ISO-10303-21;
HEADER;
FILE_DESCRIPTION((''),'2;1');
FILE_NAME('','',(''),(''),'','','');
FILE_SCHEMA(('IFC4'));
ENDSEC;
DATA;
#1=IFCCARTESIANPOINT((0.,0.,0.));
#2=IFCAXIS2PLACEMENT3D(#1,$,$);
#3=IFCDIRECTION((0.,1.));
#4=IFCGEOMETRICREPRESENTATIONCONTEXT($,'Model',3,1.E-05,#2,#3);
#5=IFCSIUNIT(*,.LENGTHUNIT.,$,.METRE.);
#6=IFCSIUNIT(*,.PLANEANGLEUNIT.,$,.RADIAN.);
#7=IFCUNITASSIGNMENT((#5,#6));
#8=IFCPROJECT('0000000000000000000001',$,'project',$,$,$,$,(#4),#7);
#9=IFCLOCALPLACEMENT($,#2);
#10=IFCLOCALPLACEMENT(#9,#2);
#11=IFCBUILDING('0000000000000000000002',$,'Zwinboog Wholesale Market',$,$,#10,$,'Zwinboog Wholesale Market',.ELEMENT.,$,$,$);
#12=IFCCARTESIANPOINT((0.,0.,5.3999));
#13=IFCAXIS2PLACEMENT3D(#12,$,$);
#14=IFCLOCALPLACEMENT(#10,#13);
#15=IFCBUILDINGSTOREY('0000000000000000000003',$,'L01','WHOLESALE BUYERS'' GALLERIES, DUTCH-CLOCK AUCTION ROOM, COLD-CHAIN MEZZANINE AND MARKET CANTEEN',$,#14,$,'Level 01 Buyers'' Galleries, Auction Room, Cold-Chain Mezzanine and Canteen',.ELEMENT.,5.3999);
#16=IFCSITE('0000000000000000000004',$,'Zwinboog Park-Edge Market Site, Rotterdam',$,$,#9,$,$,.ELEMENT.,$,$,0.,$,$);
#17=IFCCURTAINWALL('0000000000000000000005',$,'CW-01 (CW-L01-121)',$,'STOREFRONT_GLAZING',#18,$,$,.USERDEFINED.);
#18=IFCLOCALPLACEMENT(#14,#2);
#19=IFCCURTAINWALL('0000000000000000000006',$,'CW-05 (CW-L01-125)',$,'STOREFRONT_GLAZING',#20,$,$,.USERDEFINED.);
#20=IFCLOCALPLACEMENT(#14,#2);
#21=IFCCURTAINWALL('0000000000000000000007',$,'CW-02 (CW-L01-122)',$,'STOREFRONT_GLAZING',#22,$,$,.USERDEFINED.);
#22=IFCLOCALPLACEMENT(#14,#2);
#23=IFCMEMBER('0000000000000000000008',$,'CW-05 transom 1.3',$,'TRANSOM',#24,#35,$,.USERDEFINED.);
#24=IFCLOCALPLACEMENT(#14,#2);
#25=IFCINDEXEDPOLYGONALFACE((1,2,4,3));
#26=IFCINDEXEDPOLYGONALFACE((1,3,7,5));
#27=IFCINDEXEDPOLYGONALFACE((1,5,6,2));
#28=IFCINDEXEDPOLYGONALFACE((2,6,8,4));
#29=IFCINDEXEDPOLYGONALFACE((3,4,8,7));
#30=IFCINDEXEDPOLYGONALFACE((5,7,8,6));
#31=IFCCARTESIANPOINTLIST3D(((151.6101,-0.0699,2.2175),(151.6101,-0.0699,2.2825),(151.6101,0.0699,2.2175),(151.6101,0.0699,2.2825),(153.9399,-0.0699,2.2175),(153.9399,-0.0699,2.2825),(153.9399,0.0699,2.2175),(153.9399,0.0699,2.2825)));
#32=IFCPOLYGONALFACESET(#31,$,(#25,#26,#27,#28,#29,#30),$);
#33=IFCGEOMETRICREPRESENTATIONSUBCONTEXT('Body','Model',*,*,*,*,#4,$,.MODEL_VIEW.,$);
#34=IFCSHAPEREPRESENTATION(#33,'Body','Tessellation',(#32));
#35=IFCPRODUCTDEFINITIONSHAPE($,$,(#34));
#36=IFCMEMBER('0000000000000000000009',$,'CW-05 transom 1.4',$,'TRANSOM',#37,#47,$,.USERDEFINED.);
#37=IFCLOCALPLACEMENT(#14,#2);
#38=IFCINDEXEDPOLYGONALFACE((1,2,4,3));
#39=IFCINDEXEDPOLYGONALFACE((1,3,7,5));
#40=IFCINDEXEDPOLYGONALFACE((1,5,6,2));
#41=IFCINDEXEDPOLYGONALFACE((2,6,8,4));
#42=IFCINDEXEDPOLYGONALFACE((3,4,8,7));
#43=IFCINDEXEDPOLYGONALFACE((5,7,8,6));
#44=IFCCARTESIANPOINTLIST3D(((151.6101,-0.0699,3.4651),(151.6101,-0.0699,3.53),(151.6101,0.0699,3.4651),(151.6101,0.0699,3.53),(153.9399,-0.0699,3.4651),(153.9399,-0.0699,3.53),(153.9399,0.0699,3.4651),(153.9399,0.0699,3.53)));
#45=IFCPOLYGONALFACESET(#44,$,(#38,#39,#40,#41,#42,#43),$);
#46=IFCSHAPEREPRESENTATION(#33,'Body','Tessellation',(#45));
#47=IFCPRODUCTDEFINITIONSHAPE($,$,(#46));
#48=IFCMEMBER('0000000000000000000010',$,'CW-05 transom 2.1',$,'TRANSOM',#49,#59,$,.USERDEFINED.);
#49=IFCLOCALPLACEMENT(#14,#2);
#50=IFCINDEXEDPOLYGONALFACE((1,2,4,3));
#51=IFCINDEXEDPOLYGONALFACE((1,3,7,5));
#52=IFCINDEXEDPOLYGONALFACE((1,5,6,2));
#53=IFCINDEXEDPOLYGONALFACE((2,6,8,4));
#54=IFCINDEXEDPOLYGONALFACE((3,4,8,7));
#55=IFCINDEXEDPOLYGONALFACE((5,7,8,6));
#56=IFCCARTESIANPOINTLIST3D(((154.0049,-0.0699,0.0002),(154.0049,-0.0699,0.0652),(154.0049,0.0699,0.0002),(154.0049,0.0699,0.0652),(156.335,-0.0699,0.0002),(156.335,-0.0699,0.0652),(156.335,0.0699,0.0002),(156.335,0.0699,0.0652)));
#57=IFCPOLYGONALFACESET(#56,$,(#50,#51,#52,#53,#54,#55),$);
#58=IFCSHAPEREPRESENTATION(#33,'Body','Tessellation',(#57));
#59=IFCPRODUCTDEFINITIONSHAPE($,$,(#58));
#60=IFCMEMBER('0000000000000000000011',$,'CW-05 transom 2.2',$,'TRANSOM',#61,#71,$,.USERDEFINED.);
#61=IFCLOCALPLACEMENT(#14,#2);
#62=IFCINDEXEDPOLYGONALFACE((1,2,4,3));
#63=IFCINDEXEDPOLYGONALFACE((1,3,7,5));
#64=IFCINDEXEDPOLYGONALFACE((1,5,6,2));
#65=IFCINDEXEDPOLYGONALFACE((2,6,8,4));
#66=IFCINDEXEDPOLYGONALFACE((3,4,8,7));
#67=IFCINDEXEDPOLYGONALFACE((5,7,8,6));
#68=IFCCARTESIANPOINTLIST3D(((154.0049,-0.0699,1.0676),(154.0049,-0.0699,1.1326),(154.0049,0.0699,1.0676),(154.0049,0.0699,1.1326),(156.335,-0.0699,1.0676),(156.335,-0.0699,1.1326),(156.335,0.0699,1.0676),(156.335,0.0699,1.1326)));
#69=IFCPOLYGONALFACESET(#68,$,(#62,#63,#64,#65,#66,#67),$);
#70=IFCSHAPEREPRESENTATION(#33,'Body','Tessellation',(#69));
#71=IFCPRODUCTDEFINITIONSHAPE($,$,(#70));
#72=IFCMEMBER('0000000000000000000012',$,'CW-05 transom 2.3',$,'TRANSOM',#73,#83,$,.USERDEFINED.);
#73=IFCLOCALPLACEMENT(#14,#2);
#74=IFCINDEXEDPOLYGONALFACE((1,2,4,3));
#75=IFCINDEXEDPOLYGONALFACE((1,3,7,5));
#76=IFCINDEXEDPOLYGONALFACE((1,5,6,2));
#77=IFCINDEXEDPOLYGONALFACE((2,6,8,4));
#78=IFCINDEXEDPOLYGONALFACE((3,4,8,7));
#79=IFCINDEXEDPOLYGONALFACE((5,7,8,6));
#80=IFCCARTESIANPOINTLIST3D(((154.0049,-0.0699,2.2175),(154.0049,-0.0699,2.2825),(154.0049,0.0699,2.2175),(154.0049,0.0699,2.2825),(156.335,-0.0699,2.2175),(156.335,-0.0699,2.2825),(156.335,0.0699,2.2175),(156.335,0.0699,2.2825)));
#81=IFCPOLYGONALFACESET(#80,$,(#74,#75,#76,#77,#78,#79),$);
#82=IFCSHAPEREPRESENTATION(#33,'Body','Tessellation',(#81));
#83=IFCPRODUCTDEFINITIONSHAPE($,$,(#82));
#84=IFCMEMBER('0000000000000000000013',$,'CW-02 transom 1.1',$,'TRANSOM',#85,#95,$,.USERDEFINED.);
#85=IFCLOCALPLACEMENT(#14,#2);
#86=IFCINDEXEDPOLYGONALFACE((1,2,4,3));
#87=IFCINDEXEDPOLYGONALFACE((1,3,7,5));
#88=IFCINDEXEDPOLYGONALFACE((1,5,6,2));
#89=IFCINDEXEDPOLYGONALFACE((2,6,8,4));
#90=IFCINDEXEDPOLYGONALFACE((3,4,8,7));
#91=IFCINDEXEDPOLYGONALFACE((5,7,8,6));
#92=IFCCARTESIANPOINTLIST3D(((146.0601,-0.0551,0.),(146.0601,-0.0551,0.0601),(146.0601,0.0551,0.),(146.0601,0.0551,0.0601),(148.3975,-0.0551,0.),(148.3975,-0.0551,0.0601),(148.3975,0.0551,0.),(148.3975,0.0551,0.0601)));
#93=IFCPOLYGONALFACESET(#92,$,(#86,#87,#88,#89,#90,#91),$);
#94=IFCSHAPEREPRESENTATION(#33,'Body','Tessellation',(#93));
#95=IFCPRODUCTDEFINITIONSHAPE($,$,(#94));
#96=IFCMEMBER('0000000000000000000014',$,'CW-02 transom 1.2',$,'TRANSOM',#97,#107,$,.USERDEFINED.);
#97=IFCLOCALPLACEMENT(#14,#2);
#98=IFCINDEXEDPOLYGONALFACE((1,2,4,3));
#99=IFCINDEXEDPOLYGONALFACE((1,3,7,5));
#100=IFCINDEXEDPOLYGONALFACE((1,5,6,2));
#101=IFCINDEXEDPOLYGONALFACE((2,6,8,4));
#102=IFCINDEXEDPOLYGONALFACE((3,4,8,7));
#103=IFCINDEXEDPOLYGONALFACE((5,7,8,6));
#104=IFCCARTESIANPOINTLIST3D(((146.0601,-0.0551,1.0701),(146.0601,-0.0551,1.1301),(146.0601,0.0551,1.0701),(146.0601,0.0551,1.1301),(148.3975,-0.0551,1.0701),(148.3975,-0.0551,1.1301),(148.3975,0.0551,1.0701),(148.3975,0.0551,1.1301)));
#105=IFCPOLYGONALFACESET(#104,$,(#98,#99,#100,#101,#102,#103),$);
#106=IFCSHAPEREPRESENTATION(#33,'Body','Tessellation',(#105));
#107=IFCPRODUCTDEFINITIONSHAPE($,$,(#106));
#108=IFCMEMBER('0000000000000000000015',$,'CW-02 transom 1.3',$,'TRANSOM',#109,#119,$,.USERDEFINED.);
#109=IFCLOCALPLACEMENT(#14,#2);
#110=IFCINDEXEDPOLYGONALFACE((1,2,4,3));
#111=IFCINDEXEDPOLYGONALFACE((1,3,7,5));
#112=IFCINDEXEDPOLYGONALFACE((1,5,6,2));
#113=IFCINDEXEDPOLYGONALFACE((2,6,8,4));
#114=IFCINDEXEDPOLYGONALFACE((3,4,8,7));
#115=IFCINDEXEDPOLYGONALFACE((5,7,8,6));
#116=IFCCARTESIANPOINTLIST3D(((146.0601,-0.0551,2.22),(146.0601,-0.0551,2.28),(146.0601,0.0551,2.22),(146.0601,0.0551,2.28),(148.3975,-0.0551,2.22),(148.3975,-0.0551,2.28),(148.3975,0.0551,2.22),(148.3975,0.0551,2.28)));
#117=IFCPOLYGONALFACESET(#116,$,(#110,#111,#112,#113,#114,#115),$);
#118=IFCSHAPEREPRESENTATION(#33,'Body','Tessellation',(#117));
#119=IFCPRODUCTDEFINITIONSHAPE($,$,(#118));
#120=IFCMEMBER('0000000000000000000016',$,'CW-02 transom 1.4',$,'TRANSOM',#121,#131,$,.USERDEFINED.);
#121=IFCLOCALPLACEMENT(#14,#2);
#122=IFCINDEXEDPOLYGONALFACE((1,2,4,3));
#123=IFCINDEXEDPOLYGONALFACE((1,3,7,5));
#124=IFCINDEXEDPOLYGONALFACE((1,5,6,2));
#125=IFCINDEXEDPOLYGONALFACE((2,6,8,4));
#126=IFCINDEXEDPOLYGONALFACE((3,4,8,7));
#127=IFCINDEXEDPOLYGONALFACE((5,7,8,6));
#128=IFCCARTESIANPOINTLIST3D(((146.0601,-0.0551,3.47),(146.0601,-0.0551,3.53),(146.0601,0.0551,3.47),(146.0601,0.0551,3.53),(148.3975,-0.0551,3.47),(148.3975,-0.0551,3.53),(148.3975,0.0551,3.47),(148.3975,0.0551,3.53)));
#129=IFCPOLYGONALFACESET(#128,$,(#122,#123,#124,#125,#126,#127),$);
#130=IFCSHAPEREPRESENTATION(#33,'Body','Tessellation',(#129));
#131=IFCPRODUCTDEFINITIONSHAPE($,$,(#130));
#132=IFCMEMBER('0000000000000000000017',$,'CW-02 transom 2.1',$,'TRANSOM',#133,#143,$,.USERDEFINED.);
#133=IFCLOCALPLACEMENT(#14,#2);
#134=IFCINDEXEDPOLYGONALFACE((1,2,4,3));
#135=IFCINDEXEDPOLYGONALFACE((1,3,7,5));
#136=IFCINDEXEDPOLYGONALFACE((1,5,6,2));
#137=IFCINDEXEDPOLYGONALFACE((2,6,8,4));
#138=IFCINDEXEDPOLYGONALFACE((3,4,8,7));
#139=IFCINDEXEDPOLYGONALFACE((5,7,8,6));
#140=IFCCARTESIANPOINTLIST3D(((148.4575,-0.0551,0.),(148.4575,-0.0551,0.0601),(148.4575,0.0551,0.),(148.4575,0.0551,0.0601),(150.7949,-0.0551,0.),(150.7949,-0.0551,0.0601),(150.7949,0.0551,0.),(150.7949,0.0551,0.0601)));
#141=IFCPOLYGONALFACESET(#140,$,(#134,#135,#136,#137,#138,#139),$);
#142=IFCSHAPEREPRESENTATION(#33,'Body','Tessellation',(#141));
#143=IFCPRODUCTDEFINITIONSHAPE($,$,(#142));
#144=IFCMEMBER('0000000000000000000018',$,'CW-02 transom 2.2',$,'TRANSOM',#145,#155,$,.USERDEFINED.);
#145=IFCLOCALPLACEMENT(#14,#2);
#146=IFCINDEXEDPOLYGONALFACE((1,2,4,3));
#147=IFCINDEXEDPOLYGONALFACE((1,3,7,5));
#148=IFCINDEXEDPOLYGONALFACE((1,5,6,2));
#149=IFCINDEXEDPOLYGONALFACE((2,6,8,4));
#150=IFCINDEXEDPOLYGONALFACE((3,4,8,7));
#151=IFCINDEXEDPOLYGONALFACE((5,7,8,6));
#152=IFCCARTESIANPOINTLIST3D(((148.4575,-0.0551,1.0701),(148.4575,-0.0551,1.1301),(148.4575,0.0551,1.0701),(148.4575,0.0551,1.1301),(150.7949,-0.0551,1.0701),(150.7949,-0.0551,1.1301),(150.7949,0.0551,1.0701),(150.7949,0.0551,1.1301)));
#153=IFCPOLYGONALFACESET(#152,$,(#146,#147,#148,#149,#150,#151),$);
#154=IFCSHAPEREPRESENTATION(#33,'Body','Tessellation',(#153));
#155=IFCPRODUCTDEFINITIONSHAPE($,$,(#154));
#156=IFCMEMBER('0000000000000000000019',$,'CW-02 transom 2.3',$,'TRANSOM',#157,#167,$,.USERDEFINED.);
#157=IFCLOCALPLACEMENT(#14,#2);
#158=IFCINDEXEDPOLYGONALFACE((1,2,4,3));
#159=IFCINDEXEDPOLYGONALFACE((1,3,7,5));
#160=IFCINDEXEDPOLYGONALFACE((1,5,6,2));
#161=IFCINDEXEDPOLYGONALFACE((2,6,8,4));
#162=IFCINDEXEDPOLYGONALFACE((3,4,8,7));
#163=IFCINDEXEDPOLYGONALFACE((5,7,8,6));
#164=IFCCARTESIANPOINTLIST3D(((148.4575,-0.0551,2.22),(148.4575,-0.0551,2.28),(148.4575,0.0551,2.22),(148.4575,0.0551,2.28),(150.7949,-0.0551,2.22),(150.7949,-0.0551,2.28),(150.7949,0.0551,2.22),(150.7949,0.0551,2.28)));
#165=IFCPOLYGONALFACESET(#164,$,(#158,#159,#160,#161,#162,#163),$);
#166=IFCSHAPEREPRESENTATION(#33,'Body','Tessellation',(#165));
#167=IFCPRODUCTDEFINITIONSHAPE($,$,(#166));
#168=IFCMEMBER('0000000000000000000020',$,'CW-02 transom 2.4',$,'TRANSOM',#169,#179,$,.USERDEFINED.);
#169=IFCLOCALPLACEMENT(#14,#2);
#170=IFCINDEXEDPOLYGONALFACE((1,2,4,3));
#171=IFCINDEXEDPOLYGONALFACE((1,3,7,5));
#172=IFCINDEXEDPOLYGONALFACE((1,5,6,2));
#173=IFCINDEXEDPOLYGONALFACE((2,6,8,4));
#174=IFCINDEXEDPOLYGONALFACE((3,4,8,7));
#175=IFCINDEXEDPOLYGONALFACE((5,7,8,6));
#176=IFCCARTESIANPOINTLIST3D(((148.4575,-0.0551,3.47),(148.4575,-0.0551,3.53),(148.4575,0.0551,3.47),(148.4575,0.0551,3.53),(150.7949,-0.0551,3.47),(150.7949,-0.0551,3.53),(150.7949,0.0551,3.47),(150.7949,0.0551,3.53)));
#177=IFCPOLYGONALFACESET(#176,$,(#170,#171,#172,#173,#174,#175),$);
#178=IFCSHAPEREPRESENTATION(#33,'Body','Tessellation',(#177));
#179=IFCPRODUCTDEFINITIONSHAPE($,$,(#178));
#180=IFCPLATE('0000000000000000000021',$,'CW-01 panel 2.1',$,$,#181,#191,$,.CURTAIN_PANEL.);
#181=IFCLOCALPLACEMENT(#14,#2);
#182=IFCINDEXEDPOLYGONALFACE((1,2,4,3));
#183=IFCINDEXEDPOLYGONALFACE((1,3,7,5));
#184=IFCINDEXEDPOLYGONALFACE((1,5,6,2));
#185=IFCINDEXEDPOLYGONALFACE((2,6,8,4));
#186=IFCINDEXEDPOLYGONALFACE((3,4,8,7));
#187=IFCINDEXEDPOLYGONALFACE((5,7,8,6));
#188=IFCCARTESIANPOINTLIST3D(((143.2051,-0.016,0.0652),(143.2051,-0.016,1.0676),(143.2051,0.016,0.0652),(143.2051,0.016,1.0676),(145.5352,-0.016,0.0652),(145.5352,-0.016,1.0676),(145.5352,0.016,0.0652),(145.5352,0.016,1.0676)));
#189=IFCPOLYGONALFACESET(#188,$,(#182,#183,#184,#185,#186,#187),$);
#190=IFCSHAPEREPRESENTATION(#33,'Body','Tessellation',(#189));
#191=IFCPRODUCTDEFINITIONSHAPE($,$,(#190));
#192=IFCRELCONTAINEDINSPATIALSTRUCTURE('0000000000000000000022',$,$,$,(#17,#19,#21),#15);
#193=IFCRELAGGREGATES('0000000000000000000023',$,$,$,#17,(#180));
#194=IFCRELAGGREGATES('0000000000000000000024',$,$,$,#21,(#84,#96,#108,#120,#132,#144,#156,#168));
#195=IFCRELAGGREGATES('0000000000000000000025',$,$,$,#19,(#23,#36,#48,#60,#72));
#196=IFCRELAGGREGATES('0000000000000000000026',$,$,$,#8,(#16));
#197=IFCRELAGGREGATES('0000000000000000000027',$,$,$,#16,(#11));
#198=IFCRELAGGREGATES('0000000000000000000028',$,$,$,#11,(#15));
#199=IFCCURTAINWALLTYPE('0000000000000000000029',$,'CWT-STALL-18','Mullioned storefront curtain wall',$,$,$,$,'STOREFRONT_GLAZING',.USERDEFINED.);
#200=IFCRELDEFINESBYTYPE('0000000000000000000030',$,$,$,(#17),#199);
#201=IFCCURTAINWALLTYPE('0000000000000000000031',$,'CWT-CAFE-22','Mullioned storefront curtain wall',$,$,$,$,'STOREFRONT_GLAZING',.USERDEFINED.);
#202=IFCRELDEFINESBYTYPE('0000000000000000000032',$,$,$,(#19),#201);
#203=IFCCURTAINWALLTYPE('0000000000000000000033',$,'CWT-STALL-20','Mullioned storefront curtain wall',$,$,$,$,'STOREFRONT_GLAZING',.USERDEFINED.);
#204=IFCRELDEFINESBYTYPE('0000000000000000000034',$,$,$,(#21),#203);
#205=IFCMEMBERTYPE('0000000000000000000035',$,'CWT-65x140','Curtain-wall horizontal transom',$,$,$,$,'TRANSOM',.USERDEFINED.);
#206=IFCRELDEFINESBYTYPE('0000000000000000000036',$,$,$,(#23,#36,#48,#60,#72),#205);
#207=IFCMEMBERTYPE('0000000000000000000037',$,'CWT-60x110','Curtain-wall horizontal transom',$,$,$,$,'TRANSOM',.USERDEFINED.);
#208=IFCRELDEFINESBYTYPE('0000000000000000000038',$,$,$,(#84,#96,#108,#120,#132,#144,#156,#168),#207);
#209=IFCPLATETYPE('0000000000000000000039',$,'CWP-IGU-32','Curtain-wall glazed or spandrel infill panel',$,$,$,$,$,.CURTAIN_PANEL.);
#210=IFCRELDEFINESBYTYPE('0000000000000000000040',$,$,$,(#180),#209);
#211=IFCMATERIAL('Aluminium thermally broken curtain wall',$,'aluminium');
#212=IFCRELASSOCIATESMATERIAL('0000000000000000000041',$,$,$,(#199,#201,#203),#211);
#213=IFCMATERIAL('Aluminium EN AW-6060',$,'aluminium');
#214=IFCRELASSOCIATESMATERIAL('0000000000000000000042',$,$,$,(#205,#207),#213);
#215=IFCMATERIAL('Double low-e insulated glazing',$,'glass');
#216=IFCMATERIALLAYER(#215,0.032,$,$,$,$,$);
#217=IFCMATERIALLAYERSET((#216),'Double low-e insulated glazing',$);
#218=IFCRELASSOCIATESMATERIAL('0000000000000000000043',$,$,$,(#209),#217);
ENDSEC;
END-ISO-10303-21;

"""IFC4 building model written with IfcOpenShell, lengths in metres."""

from ifc_helpers import new_model, si_unit, direction, frame, origin, origin_2d, place, context, subcontext, project, spatial, rectangle, extrude, material, layer, layer_set, material_profile, profile_set, type_object, element, aggregate, save


model = new_model("IFC4")

# Units and contexts
model_context = context("Model", 3, precision=1e-05, world=origin(), true_north=direction((0.0, 1.0)))
body_context = subcontext(model_context, "Body", "Model", "MODEL_VIEW")
ifc_project = project(units=[si_unit("LENGTHUNIT", "METRE"), si_unit("PLANEANGLEUNIT", "RADIAN")], contexts=[model_context])

# Site, building, storey
site_placement = place(None, origin())
site = spatial("IfcSite", under=ifc_project, at=site_placement, Name="Zwinboog Park-Edge Market Site, Rotterdam", CompositionType="ELEMENT", RefElevation=0.0)
building_placement = place(site_placement, origin())
building = spatial("IfcBuilding", under=site, at=building_placement, Name="Zwinboog Wholesale Market", LongName="Zwinboog Wholesale Market", CompositionType="ELEMENT")
storey_placement = place(building_placement, frame((0.0, 0.0, 5.3999)))
storey = spatial("IfcBuildingStorey", under=building, at=storey_placement, Name="L01", Description="WHOLESALE BUYERS' GALLERIES, DUTCH-CLOCK AUCTION ROOM, COLD-CHAIN MEZZANINE AND MARKET CANTEEN", LongName="Level 01 Buyers' Galleries, Auction Room, Cold-Chain Mezzanine and Canteen", CompositionType="ELEMENT", Elevation=5.3999)

# Curtain wall
ifc_material_1 = material(Name="Aluminium thermally broken curtain wall", Category="aluminium")
curtain_wall_type_1 = type_object("IfcCurtainWallType", Name="CWT-STALL-18", Description="Mullioned storefront curtain wall", ElementType="STOREFRONT_GLAZING", PredefinedType="USERDEFINED", material=ifc_material_1)
curtain_wall_1_placement = place(storey_placement, origin())
curtain_wall_1 = element("IfcCurtainWall", 1, at=curtain_wall_1_placement, inside=storey, type_object=curtain_wall_type_1, Name="CW-01 (CW-L01-121)", ObjectType="STOREFRONT_GLAZING", PredefinedType="USERDEFINED")
ifc_material_2 = material(Name="Aluminium EN AW-6060", Category="aluminium")

# Curtain walls
curtain_wall_type_2 = type_object("IfcCurtainWallType", Name="CWT-CAFE-22", Description="Mullioned storefront curtain wall", ElementType="STOREFRONT_GLAZING", PredefinedType="USERDEFINED", material=ifc_material_1)
curtain_wall_2_placement = place(storey_placement, origin())
curtain_wall_2 = element("IfcCurtainWall", 2, at=curtain_wall_2_placement, inside=storey, type_object=curtain_wall_type_2, Name="CW-05 (CW-L01-125)", ObjectType="STOREFRONT_GLAZING", PredefinedType="USERDEFINED")
curtain_wall_type_3 = type_object("IfcCurtainWallType", Name="CWT-STALL-20", Description="Mullioned storefront curtain wall", ElementType="STOREFRONT_GLAZING", PredefinedType="USERDEFINED", material=ifc_material_1)
curtain_wall_3_placement = place(storey_placement, origin())
curtain_wall_3 = element("IfcCurtainWall", 3, at=curtain_wall_3_placement, inside=storey, type_object=curtain_wall_type_3, Name="CW-02 (CW-L01-122)", ObjectType="STOREFRONT_GLAZING", PredefinedType="USERDEFINED")

# Members
ifc_material_profile_1 = material_profile(ifc_material_2, rectangle(XDim=0.1399, YDim=0.0649, at=origin_2d()), Name="AL 65x140")
ifc_profile_set_1 = profile_set([ifc_material_profile_1], Name="Aluminium EN AW-6060")
member_type_1 = type_object("IfcMemberType", Name="CWT-65x140", Description="Curtain-wall horizontal transom", ElementType="TRANSOM", PredefinedType="USERDEFINED", material=ifc_profile_set_1)
member_1_placement = place(storey_placement, frame((151.6101, 0.0, 2.25), z_axis=(1.0, 0.0, 0.0), x_axis=(0.0, 1.0, 0.0)))
member_1 = element("IfcMember", 4, at=member_1_placement, type_object=member_type_1, Name="CW-05 transom 1.3", ObjectType="TRANSOM", PredefinedType="USERDEFINED", context=body_context, shape_type="SweptSolid", body=[
    extrude(rectangle(XDim=0.1399, YDim=0.0649, at=origin_2d()), origin(), (0.0, 0.0, 1.0), 2.3298),
])
member_2_placement = place(storey_placement, frame((151.6101, 0.0, 3.4976), z_axis=(1.0, 0.0, 0.0), x_axis=(0.0, 1.0, 0.0)))
member_2 = element("IfcMember", 5, at=member_2_placement, type_object=member_type_1, Name="CW-05 transom 1.4", ObjectType="TRANSOM", PredefinedType="USERDEFINED", context=body_context, shape_type="SweptSolid", body=[
    extrude(rectangle(XDim=0.1399, YDim=0.0649, at=origin_2d()), origin(), (0.0, 0.0, 1.0), 2.3298),
])
member_3_placement = place(storey_placement, frame((154.0049, 0.0, 0.0327), z_axis=(1.0, 0.0, 0.0), x_axis=(0.0, 1.0, 0.0)))
member_3 = element("IfcMember", 6, at=member_3_placement, type_object=member_type_1, Name="CW-05 transom 2.1", ObjectType="TRANSOM", PredefinedType="USERDEFINED", context=body_context, shape_type="SweptSolid", body=[
    extrude(rectangle(XDim=0.1399, YDim=0.0649, at=origin_2d()), origin(), (0.0, 0.0, 1.0), 2.3301),
])
member_4_placement = place(storey_placement, frame((154.0049, 0.0, 1.1001), z_axis=(1.0, 0.0, 0.0), x_axis=(0.0, 1.0, 0.0)))
member_4 = element("IfcMember", 7, at=member_4_placement, type_object=member_type_1, Name="CW-05 transom 2.2", ObjectType="TRANSOM", PredefinedType="USERDEFINED", context=body_context, shape_type="SweptSolid", body=[
    extrude(rectangle(XDim=0.1399, YDim=0.0649, at=origin_2d()), origin(), (0.0, 0.0, 1.0), 2.3301),
])
member_5_placement = place(storey_placement, frame((154.0049, 0.0, 2.25), z_axis=(1.0, 0.0, 0.0), x_axis=(0.0, 1.0, 0.0)))
member_5 = element("IfcMember", 8, at=member_5_placement, type_object=member_type_1, Name="CW-05 transom 2.3", ObjectType="TRANSOM", PredefinedType="USERDEFINED", context=body_context, shape_type="SweptSolid", body=[
    extrude(rectangle(XDim=0.1399, YDim=0.0649, at=origin_2d()), origin(), (0.0, 0.0, 1.0), 2.3301),
])
ifc_material_profile_2 = material_profile(ifc_material_2, rectangle(XDim=0.1101, YDim=0.0601, at=origin_2d()), Name="AL 60x110")
ifc_profile_set_2 = profile_set([ifc_material_profile_2], Name="Aluminium EN AW-6060")
member_type_2 = type_object("IfcMemberType", Name="CWT-60x110", Description="Curtain-wall horizontal transom", ElementType="TRANSOM", PredefinedType="USERDEFINED", material=ifc_profile_set_2)
member_6_placement = place(storey_placement, frame((146.0601, 0.0, 0.03), z_axis=(1.0, 0.0, 0.0), x_axis=(0.0, 1.0, 0.0)))
member_6 = element("IfcMember", 9, at=member_6_placement, type_object=member_type_2, Name="CW-02 transom 1.1", ObjectType="TRANSOM", PredefinedType="USERDEFINED", context=body_context, shape_type="SweptSolid", body=[
    extrude(rectangle(XDim=0.1101, YDim=0.0601, at=origin_2d()), origin(), (0.0, 0.0, 1.0), 2.3374),
])
member_7_placement = place(storey_placement, frame((146.0601, 0.0, 1.1001), z_axis=(1.0, 0.0, 0.0), x_axis=(0.0, 1.0, 0.0)))
member_7 = element("IfcMember", 10, at=member_7_placement, type_object=member_type_2, Name="CW-02 transom 1.2", ObjectType="TRANSOM", PredefinedType="USERDEFINED", context=body_context, shape_type="SweptSolid", body=[
    extrude(rectangle(XDim=0.1101, YDim=0.0601, at=origin_2d()), origin(), (0.0, 0.0, 1.0), 2.3374),
])
member_8_placement = place(storey_placement, frame((146.0601, 0.0, 2.25), z_axis=(1.0, 0.0, 0.0), x_axis=(0.0, 1.0, 0.0)))
member_8 = element("IfcMember", 11, at=member_8_placement, type_object=member_type_2, Name="CW-02 transom 1.3", ObjectType="TRANSOM", PredefinedType="USERDEFINED", context=body_context, shape_type="SweptSolid", body=[
    extrude(rectangle(XDim=0.1101, YDim=0.0601, at=origin_2d()), origin(), (0.0, 0.0, 1.0), 2.3374),
])
member_9_placement = place(storey_placement, frame((146.0601, 0.0, 3.5), z_axis=(1.0, 0.0, 0.0), x_axis=(0.0, 1.0, 0.0)))
member_9 = element("IfcMember", 12, at=member_9_placement, type_object=member_type_2, Name="CW-02 transom 1.4", ObjectType="TRANSOM", PredefinedType="USERDEFINED", context=body_context, shape_type="SweptSolid", body=[
    extrude(rectangle(XDim=0.1101, YDim=0.0601, at=origin_2d()), origin(), (0.0, 0.0, 1.0), 2.3374),
])
member_10_placement = place(storey_placement, frame((148.4575, 0.0, 0.03), z_axis=(1.0, 0.0, 0.0), x_axis=(0.0, 1.0, 0.0)))
member_10 = element("IfcMember", 13, at=member_10_placement, type_object=member_type_2, Name="CW-02 transom 2.1", ObjectType="TRANSOM", PredefinedType="USERDEFINED", context=body_context, shape_type="SweptSolid", body=[
    extrude(rectangle(XDim=0.1101, YDim=0.0601, at=origin_2d()), origin(), (0.0, 0.0, 1.0), 2.3374),
])
member_11_placement = place(storey_placement, frame((148.4575, 0.0, 1.1001), z_axis=(1.0, 0.0, 0.0), x_axis=(0.0, 1.0, 0.0)))
member_11 = element("IfcMember", 14, at=member_11_placement, type_object=member_type_2, Name="CW-02 transom 2.2", ObjectType="TRANSOM", PredefinedType="USERDEFINED", context=body_context, shape_type="SweptSolid", body=[
    extrude(rectangle(XDim=0.1101, YDim=0.0601, at=origin_2d()), origin(), (0.0, 0.0, 1.0), 2.3374),
])
member_12_placement = place(storey_placement, frame((148.4575, 0.0, 2.25), z_axis=(1.0, 0.0, 0.0), x_axis=(0.0, 1.0, 0.0)))
member_12 = element("IfcMember", 15, at=member_12_placement, type_object=member_type_2, Name="CW-02 transom 2.3", ObjectType="TRANSOM", PredefinedType="USERDEFINED", context=body_context, shape_type="SweptSolid", body=[
    extrude(rectangle(XDim=0.1101, YDim=0.0601, at=origin_2d()), origin(), (0.0, 0.0, 1.0), 2.3374),
])
member_13_placement = place(storey_placement, frame((148.4575, 0.0, 3.5), z_axis=(1.0, 0.0, 0.0), x_axis=(0.0, 1.0, 0.0)))
member_13 = element("IfcMember", 16, at=member_13_placement, type_object=member_type_2, Name="CW-02 transom 2.4", ObjectType="TRANSOM", PredefinedType="USERDEFINED", context=body_context, shape_type="SweptSolid", body=[
    extrude(rectangle(XDim=0.1101, YDim=0.0601, at=origin_2d()), origin(), (0.0, 0.0, 1.0), 2.3374),
])

# Plate
ifc_material_3 = material(Name="Double low-e insulated glazing", Category="glass")
ifc_layer_1 = layer(ifc_material_3, 0.032)
ifc_layer_set_1 = layer_set([ifc_layer_1], Name="Double low-e insulated glazing")
plate_type = type_object("IfcPlateType", Name="CWP-IGU-32", Description="Curtain-wall glazed or spandrel infill panel", PredefinedType="CURTAIN_PANEL", material=ifc_layer_set_1)
plate_1_placement = place(storey_placement, frame((144.3701, 0.0, 0.0652), z_axis=(0.0, 0.0, 1.0), x_axis=(1.0, 0.0, 0.0)))
plate_1 = element("IfcPlate", 17, at=plate_1_placement, type_object=plate_type, Name="CW-01 panel 2.1", PredefinedType="CURTAIN_PANEL", context=body_context, shape_type="SweptSolid", body=[
    extrude(rectangle(XDim=2.3301, YDim=0.032, at=origin_2d()), origin(), (0.0, 0.0, 1.0), 1.0024),
])
aggregate(curtain_wall_1, [plate_1])
aggregate(curtain_wall_3, [member_6, member_7, member_8, member_9, member_10, member_11, member_12, member_13])
aggregate(curtain_wall_2, [member_1, member_2, member_3, member_4, member_5])

save(model, "model.ifc")
